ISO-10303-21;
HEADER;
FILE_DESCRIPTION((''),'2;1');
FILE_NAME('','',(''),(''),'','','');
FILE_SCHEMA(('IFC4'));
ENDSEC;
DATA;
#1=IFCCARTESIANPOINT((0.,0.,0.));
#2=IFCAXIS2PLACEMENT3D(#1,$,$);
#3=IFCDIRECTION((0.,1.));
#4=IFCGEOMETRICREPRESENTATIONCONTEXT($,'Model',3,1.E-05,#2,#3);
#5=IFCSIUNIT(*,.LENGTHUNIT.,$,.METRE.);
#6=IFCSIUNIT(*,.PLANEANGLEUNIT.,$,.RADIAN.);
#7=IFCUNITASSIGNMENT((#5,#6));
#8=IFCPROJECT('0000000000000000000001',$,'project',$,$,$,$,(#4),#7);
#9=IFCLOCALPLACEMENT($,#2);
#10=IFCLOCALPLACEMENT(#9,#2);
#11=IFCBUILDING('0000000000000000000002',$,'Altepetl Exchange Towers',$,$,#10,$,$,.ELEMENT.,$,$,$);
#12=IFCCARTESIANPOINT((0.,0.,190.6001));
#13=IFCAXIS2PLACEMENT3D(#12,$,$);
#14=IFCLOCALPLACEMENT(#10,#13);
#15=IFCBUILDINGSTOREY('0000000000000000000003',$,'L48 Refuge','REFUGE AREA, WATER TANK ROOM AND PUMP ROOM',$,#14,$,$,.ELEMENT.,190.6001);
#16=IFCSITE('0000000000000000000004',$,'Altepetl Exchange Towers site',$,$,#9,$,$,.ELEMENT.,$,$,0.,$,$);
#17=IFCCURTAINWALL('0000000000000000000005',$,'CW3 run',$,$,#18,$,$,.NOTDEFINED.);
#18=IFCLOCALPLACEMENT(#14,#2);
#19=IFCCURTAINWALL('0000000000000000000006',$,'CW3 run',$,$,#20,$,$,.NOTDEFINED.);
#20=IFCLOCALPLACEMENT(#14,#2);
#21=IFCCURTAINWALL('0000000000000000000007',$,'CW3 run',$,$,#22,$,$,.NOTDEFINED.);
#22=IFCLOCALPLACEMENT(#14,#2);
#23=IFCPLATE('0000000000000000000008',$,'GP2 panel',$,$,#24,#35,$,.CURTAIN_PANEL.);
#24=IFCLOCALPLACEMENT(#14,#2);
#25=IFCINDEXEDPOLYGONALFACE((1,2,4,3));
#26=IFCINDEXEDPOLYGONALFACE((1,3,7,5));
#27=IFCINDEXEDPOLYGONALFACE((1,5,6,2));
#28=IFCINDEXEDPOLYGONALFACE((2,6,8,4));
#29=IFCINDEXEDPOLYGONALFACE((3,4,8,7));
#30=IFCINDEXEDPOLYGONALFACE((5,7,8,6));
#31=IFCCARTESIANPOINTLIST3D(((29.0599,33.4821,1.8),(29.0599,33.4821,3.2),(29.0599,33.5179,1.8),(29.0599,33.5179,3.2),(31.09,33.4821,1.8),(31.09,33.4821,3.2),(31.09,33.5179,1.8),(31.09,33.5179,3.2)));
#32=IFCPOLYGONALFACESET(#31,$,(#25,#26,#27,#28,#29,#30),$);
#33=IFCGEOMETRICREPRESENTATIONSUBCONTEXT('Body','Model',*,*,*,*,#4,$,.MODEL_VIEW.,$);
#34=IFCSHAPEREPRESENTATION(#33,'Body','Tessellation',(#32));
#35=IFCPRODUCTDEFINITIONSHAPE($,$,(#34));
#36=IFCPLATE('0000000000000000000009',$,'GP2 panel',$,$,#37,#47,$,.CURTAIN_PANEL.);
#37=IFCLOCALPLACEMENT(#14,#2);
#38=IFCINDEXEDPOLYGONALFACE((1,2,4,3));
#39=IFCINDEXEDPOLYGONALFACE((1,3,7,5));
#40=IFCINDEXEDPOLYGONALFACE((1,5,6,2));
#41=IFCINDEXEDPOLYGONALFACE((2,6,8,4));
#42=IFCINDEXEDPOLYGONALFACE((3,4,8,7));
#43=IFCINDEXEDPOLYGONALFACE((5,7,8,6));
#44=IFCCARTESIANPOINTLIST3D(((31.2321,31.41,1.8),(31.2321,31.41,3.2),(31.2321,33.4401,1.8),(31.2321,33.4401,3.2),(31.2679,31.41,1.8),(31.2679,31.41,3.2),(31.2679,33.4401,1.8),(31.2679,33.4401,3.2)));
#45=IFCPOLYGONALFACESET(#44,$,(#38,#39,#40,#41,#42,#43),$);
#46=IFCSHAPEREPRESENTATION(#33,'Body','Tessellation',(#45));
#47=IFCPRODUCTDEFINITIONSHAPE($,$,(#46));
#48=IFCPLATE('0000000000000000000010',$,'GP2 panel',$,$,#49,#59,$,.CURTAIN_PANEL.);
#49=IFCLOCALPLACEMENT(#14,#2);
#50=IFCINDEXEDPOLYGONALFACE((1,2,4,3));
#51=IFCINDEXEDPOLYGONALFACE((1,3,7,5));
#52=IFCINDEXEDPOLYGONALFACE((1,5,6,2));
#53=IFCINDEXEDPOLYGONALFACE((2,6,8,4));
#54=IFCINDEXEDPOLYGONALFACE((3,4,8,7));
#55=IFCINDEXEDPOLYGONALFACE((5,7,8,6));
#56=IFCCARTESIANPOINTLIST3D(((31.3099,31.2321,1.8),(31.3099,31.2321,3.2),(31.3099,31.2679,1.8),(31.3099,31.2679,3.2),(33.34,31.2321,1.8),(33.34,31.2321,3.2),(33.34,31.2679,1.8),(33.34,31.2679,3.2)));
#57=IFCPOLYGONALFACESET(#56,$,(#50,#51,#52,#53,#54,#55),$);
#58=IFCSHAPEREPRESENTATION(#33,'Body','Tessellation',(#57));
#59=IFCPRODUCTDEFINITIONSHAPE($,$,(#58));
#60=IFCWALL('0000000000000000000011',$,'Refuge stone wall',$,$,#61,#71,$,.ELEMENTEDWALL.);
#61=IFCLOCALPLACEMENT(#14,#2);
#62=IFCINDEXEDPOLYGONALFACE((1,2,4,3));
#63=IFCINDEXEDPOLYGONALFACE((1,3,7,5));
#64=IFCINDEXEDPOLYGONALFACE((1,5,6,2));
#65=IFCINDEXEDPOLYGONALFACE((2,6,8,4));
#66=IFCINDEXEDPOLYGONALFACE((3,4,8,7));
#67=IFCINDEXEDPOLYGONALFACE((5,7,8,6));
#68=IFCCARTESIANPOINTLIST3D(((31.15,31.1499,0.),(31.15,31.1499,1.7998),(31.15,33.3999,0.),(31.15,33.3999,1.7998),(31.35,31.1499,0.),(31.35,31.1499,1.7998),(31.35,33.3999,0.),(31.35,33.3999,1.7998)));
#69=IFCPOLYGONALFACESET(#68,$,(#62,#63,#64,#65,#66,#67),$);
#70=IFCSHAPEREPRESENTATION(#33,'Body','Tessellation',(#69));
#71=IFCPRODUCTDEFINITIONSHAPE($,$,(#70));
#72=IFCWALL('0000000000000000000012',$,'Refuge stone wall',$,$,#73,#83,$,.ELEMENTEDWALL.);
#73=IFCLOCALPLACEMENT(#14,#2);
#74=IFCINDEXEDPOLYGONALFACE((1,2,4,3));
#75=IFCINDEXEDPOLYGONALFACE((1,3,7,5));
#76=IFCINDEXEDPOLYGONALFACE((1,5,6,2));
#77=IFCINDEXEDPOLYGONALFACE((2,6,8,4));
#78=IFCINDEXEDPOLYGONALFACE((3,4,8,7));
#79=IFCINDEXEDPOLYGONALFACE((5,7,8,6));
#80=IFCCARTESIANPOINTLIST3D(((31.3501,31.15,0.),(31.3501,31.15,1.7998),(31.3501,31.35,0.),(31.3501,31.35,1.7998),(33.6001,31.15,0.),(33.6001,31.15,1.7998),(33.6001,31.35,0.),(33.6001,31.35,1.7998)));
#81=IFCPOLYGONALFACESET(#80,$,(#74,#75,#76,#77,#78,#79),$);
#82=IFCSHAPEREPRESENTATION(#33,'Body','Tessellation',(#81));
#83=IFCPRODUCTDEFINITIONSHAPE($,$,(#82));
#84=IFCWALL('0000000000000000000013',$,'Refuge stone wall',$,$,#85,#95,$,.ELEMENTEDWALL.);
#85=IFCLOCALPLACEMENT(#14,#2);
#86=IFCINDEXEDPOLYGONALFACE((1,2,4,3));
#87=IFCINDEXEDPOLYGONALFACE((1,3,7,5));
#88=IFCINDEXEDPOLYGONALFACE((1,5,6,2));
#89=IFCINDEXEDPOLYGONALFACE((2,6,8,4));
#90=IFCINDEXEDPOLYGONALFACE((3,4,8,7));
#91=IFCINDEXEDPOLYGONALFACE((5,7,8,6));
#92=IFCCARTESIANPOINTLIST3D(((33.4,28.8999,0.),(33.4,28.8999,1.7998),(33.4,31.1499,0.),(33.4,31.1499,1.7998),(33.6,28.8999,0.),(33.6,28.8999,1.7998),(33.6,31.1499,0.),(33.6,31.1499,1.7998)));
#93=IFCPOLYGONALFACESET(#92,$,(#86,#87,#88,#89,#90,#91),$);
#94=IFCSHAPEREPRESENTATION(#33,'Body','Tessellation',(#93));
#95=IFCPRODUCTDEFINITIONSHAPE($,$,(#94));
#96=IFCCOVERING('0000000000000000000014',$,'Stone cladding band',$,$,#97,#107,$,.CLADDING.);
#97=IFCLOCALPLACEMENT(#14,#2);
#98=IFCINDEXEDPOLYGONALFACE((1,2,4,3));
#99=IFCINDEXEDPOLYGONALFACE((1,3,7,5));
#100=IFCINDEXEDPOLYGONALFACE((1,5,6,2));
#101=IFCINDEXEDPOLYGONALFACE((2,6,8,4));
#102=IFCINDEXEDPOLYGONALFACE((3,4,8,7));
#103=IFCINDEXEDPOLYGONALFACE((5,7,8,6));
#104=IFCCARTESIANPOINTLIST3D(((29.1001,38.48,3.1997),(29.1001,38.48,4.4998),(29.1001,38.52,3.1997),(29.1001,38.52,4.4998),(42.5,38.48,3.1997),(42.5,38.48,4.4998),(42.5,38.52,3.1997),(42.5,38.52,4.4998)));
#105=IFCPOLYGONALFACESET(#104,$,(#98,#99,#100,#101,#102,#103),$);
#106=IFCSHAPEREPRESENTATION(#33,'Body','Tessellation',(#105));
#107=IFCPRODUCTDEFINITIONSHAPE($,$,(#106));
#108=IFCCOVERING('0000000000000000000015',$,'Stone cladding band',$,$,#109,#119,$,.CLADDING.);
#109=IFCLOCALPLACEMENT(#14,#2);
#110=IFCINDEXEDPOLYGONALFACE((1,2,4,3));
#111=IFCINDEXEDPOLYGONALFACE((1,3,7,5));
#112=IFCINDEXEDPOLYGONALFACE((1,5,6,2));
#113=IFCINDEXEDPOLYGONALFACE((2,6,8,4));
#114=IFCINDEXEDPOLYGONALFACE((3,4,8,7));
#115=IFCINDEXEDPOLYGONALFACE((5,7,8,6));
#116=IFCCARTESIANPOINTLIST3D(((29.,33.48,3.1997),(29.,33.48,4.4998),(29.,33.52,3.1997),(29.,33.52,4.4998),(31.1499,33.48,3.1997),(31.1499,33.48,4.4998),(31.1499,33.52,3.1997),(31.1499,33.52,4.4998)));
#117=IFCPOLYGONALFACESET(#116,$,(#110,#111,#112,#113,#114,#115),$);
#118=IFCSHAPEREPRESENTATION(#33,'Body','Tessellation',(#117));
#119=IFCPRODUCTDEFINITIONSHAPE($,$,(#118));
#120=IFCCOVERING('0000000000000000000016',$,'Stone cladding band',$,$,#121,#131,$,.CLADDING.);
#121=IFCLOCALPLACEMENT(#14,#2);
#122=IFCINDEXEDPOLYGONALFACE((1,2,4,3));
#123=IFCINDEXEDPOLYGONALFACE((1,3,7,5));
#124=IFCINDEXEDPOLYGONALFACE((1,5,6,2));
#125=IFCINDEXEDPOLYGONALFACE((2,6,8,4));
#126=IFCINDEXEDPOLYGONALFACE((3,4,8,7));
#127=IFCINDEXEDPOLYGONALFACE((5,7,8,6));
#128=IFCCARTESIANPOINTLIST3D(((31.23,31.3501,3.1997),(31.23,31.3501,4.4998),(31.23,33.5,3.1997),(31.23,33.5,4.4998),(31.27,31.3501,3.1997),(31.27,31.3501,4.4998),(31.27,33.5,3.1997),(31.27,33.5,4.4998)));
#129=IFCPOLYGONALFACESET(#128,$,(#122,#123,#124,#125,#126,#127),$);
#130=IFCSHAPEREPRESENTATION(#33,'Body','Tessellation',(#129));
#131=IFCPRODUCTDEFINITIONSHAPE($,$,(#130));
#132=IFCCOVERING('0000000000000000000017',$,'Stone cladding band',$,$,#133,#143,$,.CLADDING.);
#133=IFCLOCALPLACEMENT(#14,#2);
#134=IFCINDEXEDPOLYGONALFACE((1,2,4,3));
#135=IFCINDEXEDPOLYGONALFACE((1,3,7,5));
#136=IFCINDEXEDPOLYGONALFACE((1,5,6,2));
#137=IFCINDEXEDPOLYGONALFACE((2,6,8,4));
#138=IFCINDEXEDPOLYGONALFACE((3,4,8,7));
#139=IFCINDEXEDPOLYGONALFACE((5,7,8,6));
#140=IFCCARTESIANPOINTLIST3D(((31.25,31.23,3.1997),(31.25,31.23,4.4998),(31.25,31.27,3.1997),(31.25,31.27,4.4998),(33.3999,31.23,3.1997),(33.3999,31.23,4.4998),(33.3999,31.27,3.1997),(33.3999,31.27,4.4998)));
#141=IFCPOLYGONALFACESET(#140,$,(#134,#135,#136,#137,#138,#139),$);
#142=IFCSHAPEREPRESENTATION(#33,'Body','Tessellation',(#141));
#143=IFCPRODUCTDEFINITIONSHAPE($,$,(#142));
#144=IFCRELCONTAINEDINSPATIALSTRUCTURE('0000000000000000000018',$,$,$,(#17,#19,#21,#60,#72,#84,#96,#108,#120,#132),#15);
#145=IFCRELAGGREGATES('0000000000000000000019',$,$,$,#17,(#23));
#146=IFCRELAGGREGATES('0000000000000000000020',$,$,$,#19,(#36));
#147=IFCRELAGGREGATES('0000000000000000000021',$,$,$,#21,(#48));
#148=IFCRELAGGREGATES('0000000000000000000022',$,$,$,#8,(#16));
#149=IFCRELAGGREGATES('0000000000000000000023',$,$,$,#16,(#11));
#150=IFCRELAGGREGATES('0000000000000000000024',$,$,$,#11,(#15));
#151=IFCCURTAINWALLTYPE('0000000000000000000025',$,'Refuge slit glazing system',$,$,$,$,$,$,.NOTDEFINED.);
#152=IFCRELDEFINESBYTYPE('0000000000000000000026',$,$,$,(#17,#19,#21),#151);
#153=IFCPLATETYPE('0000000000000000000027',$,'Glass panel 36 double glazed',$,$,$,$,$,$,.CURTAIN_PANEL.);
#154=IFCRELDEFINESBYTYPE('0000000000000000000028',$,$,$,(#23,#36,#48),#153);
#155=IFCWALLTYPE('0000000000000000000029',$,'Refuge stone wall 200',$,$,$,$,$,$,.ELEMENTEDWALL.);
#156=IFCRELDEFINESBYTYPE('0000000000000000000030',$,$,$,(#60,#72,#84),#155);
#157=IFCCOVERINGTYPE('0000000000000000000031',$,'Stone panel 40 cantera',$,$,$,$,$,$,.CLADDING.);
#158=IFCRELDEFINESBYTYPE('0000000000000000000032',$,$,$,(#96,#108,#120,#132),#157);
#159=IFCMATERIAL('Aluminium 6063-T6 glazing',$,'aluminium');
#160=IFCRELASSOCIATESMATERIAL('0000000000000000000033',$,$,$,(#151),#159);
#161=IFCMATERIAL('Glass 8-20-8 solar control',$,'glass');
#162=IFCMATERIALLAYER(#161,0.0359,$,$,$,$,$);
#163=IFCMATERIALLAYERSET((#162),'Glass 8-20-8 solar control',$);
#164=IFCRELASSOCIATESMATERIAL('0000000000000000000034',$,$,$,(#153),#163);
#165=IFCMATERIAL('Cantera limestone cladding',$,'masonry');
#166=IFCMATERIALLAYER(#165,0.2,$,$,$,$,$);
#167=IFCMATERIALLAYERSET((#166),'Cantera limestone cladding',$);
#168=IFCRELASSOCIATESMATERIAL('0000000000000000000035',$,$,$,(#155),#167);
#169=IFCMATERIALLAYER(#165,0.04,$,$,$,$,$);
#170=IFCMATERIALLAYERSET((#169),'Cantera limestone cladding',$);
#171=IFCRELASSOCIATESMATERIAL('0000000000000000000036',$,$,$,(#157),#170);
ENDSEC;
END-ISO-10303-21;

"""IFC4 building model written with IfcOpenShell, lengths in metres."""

from ifc_helpers import new_model, si_unit, direction, frame, frame_2d, origin, origin_2d, place, context, subcontext, project, spatial, rectangle, extrude, material, layer, layer_set, type_object, element, aggregate, save


model = new_model("IFC4")

# Units and contexts
model_context = context("Model", 3, precision=1e-05, world=origin(), true_north=direction((0.0, 1.0)))
body_context = subcontext(model_context, "Body", "Model", "MODEL_VIEW")
ifc_project = project(units=[si_unit("LENGTHUNIT", "METRE"), si_unit("PLANEANGLEUNIT", "RADIAN")], contexts=[model_context])

# Site, building, storey
site_placement = place(None, origin())
site = spatial("IfcSite", under=ifc_project, at=site_placement, Name="Altepetl Exchange Towers site", CompositionType="ELEMENT", RefElevation=0.0)
building_placement = place(site_placement, origin())
building = spatial("IfcBuilding", under=site, at=building_placement, Name="Altepetl Exchange Towers", CompositionType="ELEMENT")
storey_placement = place(building_placement, frame((0.0, 0.0, 190.6001)))
storey = spatial("IfcBuildingStorey", under=building, at=storey_placement, Name="L48 Refuge", Description="REFUGE AREA, WATER TANK ROOM AND PUMP ROOM", CompositionType="ELEMENT", Elevation=190.6001)

# Shared definitions
ifc_material_1 = material(Name="Aluminium 6063-T6 glazing", Category="aluminium")
curtain_wall_type = type_object("IfcCurtainWallType", Name="Refuge slit glazing system", PredefinedType="NOTDEFINED", material=ifc_material_1)

# Curtain wall
curtain_wall_1_placement = place(storey_placement, origin())
curtain_wall_1 = element("IfcCurtainWall", 1, at=curtain_wall_1_placement, inside=storey, type_object=curtain_wall_type, Name="CW3 run", PredefinedType="NOTDEFINED")

# Curtain walls
curtain_wall_2_placement = place(storey_placement, origin())
curtain_wall_2 = element("IfcCurtainWall", 2, at=curtain_wall_2_placement, inside=storey, type_object=curtain_wall_type, Name="CW3 run", PredefinedType="NOTDEFINED")
curtain_wall_3_placement = place(storey_placement, origin())
curtain_wall_3 = element("IfcCurtainWall", 3, at=curtain_wall_3_placement, inside=storey, type_object=curtain_wall_type, Name="CW3 run", PredefinedType="NOTDEFINED")

# Plates
ifc_material_2 = material(Name="Glass 8-20-8 solar control", Category="glass")
ifc_layer_1 = layer(ifc_material_2, 0.0359)
ifc_layer_set_1 = layer_set([ifc_layer_1], Name="Glass 8-20-8 solar control")
plate_type = type_object("IfcPlateType", Name="Glass panel 36 double glazed", PredefinedType="CURTAIN_PANEL", material=ifc_layer_set_1)
plate_1_placement = place(storey_placement, frame((30.075, 33.5, 1.8)))
plate_1 = element("IfcPlate", 4, at=plate_1_placement, type_object=plate_type, Name="GP2 panel", PredefinedType="CURTAIN_PANEL", context=body_context, shape_type="SweptSolid", body=[
    extrude(rectangle(XDim=2.03, YDim=0.0359, at=origin_2d()), origin(), (0.0, 0.0, 1.0), 1.3999),
])
aggregate(curtain_wall_1, [plate_1])
plate_2_placement = place(storey_placement, frame((31.25, 32.425, 1.8), z_axis=(0.0, 0.0, 1.0), x_axis=(0.0, -1.0, 0.0)))
plate_2 = element("IfcPlate", 5, at=plate_2_placement, type_object=plate_type, Name="GP2 panel", PredefinedType="CURTAIN_PANEL", context=body_context, shape_type="SweptSolid", body=[
    extrude(rectangle(XDim=2.03, YDim=0.0359, at=origin_2d()), origin(), (0.0, 0.0, 1.0), 1.3999),
])
aggregate(curtain_wall_2, [plate_2])
plate_3_placement = place(storey_placement, frame((32.325, 31.25, 1.8)))
plate_3 = element("IfcPlate", 6, at=plate_3_placement, type_object=plate_type, Name="GP2 panel", PredefinedType="CURTAIN_PANEL", context=body_context, shape_type="SweptSolid", body=[
    extrude(rectangle(XDim=2.03, YDim=0.0359, at=origin_2d()), origin(), (0.0, 0.0, 1.0), 1.3999),
])
aggregate(curtain_wall_3, [plate_3])

# Walls
ifc_material_3 = material(Name="Cantera limestone cladding", Category="masonry")
ifc_layer_2 = layer(ifc_material_3, 0.2)
ifc_layer_set_2 = layer_set([ifc_layer_2], Name="Cantera limestone cladding")
wall_type = type_object("IfcWallType", Name="Refuge stone wall 200", PredefinedType="ELEMENTEDWALL", material=ifc_layer_set_2)
wall_1_placement = place(storey_placement, frame((31.25, 33.3999, 0.0), z_axis=(0.0, 0.0, 1.0), x_axis=(0.0, -1.0, 0.0)))
element("IfcWall", 7, at=wall_1_placement, inside=storey, type_object=wall_type, Name="Refuge stone wall", PredefinedType="ELEMENTEDWALL", context=body_context, shape_type="SweptSolid", body=[
    extrude(rectangle(XDim=2.25, YDim=0.2, at=frame_2d((1.125, 0.0))), origin(), (0.0, 0.0, 1.0), 1.7998),
])
wall_2_placement = place(storey_placement, frame((31.3501, 31.25, 0.0)))
element("IfcWall", 8, at=wall_2_placement, inside=storey, type_object=wall_type, Name="Refuge stone wall", PredefinedType="ELEMENTEDWALL", context=body_context, shape_type="SweptSolid", body=[
    extrude(rectangle(XDim=2.25, YDim=0.2, at=frame_2d((1.125, 0.0))), origin(), (0.0, 0.0, 1.0), 1.7998),
])
wall_3_placement = place(storey_placement, frame((33.5, 31.1499, 0.0), z_axis=(0.0, 0.0, 1.0), x_axis=(0.0, -1.0, 0.0)))
element("IfcWall", 9, at=wall_3_placement, inside=storey, type_object=wall_type, Name="Refuge stone wall", PredefinedType="ELEMENTEDWALL", context=body_context, shape_type="SweptSolid", body=[
    extrude(rectangle(XDim=2.25, YDim=0.2, at=frame_2d((1.125, 0.0))), origin(), (0.0, 0.0, 1.0), 1.7998),
])

# Coverings
ifc_layer_3 = layer(ifc_material_3, 0.04)
ifc_layer_set_3 = layer_set([ifc_layer_3], Name="Cantera limestone cladding")
covering_type = type_object("IfcCoveringType", Name="Stone panel 40 cantera", PredefinedType="CLADDING", material=ifc_layer_set_3)
covering_1_placement = place(storey_placement, frame((35.8, 38.5, 3.1997), z_axis=(0.0, 0.0, 1.0), x_axis=(-1.0, 0.0, 0.0)))
element("IfcCovering", 10, at=covering_1_placement, inside=storey, type_object=covering_type, Name="Stone cladding band", PredefinedType="CLADDING", context=body_context, shape_type="SweptSolid", body=[
    extrude(rectangle(XDim=13.3999, YDim=0.04, at=origin_2d()), origin(), (0.0, 0.0, 1.0), 1.3),
])
covering_2_placement = place(storey_placement, frame((30.075, 33.5, 3.1997)))
element("IfcCovering", 11, at=covering_2_placement, inside=storey, type_object=covering_type, Name="Stone cladding band", PredefinedType="CLADDING", context=body_context, shape_type="SweptSolid", body=[
    extrude(rectangle(XDim=2.1499, YDim=0.04, at=origin_2d()), origin(), (0.0, 0.0, 1.0), 1.3),
])
covering_3_placement = place(storey_placement, frame((31.25, 32.425, 3.1997), z_axis=(0.0, 0.0, 1.0), x_axis=(0.0, -1.0, 0.0)))
element("IfcCovering", 12, at=covering_3_placement, inside=storey, type_object=covering_type, Name="Stone cladding band", PredefinedType="CLADDING", context=body_context, shape_type="SweptSolid", body=[
    extrude(rectangle(XDim=2.1499, YDim=0.04, at=origin_2d()), origin(), (0.0, 0.0, 1.0), 1.3),
])
covering_4_placement = place(storey_placement, frame((32.325, 31.25, 3.1997)))
element("IfcCovering", 13, at=covering_4_placement, inside=storey, type_object=covering_type, Name="Stone cladding band", PredefinedType="CLADDING", context=body_context, shape_type="SweptSolid", body=[
    extrude(rectangle(XDim=2.1499, YDim=0.04, at=origin_2d()), origin(), (0.0, 0.0, 1.0), 1.3),
])

save(model, "model.ifc")
